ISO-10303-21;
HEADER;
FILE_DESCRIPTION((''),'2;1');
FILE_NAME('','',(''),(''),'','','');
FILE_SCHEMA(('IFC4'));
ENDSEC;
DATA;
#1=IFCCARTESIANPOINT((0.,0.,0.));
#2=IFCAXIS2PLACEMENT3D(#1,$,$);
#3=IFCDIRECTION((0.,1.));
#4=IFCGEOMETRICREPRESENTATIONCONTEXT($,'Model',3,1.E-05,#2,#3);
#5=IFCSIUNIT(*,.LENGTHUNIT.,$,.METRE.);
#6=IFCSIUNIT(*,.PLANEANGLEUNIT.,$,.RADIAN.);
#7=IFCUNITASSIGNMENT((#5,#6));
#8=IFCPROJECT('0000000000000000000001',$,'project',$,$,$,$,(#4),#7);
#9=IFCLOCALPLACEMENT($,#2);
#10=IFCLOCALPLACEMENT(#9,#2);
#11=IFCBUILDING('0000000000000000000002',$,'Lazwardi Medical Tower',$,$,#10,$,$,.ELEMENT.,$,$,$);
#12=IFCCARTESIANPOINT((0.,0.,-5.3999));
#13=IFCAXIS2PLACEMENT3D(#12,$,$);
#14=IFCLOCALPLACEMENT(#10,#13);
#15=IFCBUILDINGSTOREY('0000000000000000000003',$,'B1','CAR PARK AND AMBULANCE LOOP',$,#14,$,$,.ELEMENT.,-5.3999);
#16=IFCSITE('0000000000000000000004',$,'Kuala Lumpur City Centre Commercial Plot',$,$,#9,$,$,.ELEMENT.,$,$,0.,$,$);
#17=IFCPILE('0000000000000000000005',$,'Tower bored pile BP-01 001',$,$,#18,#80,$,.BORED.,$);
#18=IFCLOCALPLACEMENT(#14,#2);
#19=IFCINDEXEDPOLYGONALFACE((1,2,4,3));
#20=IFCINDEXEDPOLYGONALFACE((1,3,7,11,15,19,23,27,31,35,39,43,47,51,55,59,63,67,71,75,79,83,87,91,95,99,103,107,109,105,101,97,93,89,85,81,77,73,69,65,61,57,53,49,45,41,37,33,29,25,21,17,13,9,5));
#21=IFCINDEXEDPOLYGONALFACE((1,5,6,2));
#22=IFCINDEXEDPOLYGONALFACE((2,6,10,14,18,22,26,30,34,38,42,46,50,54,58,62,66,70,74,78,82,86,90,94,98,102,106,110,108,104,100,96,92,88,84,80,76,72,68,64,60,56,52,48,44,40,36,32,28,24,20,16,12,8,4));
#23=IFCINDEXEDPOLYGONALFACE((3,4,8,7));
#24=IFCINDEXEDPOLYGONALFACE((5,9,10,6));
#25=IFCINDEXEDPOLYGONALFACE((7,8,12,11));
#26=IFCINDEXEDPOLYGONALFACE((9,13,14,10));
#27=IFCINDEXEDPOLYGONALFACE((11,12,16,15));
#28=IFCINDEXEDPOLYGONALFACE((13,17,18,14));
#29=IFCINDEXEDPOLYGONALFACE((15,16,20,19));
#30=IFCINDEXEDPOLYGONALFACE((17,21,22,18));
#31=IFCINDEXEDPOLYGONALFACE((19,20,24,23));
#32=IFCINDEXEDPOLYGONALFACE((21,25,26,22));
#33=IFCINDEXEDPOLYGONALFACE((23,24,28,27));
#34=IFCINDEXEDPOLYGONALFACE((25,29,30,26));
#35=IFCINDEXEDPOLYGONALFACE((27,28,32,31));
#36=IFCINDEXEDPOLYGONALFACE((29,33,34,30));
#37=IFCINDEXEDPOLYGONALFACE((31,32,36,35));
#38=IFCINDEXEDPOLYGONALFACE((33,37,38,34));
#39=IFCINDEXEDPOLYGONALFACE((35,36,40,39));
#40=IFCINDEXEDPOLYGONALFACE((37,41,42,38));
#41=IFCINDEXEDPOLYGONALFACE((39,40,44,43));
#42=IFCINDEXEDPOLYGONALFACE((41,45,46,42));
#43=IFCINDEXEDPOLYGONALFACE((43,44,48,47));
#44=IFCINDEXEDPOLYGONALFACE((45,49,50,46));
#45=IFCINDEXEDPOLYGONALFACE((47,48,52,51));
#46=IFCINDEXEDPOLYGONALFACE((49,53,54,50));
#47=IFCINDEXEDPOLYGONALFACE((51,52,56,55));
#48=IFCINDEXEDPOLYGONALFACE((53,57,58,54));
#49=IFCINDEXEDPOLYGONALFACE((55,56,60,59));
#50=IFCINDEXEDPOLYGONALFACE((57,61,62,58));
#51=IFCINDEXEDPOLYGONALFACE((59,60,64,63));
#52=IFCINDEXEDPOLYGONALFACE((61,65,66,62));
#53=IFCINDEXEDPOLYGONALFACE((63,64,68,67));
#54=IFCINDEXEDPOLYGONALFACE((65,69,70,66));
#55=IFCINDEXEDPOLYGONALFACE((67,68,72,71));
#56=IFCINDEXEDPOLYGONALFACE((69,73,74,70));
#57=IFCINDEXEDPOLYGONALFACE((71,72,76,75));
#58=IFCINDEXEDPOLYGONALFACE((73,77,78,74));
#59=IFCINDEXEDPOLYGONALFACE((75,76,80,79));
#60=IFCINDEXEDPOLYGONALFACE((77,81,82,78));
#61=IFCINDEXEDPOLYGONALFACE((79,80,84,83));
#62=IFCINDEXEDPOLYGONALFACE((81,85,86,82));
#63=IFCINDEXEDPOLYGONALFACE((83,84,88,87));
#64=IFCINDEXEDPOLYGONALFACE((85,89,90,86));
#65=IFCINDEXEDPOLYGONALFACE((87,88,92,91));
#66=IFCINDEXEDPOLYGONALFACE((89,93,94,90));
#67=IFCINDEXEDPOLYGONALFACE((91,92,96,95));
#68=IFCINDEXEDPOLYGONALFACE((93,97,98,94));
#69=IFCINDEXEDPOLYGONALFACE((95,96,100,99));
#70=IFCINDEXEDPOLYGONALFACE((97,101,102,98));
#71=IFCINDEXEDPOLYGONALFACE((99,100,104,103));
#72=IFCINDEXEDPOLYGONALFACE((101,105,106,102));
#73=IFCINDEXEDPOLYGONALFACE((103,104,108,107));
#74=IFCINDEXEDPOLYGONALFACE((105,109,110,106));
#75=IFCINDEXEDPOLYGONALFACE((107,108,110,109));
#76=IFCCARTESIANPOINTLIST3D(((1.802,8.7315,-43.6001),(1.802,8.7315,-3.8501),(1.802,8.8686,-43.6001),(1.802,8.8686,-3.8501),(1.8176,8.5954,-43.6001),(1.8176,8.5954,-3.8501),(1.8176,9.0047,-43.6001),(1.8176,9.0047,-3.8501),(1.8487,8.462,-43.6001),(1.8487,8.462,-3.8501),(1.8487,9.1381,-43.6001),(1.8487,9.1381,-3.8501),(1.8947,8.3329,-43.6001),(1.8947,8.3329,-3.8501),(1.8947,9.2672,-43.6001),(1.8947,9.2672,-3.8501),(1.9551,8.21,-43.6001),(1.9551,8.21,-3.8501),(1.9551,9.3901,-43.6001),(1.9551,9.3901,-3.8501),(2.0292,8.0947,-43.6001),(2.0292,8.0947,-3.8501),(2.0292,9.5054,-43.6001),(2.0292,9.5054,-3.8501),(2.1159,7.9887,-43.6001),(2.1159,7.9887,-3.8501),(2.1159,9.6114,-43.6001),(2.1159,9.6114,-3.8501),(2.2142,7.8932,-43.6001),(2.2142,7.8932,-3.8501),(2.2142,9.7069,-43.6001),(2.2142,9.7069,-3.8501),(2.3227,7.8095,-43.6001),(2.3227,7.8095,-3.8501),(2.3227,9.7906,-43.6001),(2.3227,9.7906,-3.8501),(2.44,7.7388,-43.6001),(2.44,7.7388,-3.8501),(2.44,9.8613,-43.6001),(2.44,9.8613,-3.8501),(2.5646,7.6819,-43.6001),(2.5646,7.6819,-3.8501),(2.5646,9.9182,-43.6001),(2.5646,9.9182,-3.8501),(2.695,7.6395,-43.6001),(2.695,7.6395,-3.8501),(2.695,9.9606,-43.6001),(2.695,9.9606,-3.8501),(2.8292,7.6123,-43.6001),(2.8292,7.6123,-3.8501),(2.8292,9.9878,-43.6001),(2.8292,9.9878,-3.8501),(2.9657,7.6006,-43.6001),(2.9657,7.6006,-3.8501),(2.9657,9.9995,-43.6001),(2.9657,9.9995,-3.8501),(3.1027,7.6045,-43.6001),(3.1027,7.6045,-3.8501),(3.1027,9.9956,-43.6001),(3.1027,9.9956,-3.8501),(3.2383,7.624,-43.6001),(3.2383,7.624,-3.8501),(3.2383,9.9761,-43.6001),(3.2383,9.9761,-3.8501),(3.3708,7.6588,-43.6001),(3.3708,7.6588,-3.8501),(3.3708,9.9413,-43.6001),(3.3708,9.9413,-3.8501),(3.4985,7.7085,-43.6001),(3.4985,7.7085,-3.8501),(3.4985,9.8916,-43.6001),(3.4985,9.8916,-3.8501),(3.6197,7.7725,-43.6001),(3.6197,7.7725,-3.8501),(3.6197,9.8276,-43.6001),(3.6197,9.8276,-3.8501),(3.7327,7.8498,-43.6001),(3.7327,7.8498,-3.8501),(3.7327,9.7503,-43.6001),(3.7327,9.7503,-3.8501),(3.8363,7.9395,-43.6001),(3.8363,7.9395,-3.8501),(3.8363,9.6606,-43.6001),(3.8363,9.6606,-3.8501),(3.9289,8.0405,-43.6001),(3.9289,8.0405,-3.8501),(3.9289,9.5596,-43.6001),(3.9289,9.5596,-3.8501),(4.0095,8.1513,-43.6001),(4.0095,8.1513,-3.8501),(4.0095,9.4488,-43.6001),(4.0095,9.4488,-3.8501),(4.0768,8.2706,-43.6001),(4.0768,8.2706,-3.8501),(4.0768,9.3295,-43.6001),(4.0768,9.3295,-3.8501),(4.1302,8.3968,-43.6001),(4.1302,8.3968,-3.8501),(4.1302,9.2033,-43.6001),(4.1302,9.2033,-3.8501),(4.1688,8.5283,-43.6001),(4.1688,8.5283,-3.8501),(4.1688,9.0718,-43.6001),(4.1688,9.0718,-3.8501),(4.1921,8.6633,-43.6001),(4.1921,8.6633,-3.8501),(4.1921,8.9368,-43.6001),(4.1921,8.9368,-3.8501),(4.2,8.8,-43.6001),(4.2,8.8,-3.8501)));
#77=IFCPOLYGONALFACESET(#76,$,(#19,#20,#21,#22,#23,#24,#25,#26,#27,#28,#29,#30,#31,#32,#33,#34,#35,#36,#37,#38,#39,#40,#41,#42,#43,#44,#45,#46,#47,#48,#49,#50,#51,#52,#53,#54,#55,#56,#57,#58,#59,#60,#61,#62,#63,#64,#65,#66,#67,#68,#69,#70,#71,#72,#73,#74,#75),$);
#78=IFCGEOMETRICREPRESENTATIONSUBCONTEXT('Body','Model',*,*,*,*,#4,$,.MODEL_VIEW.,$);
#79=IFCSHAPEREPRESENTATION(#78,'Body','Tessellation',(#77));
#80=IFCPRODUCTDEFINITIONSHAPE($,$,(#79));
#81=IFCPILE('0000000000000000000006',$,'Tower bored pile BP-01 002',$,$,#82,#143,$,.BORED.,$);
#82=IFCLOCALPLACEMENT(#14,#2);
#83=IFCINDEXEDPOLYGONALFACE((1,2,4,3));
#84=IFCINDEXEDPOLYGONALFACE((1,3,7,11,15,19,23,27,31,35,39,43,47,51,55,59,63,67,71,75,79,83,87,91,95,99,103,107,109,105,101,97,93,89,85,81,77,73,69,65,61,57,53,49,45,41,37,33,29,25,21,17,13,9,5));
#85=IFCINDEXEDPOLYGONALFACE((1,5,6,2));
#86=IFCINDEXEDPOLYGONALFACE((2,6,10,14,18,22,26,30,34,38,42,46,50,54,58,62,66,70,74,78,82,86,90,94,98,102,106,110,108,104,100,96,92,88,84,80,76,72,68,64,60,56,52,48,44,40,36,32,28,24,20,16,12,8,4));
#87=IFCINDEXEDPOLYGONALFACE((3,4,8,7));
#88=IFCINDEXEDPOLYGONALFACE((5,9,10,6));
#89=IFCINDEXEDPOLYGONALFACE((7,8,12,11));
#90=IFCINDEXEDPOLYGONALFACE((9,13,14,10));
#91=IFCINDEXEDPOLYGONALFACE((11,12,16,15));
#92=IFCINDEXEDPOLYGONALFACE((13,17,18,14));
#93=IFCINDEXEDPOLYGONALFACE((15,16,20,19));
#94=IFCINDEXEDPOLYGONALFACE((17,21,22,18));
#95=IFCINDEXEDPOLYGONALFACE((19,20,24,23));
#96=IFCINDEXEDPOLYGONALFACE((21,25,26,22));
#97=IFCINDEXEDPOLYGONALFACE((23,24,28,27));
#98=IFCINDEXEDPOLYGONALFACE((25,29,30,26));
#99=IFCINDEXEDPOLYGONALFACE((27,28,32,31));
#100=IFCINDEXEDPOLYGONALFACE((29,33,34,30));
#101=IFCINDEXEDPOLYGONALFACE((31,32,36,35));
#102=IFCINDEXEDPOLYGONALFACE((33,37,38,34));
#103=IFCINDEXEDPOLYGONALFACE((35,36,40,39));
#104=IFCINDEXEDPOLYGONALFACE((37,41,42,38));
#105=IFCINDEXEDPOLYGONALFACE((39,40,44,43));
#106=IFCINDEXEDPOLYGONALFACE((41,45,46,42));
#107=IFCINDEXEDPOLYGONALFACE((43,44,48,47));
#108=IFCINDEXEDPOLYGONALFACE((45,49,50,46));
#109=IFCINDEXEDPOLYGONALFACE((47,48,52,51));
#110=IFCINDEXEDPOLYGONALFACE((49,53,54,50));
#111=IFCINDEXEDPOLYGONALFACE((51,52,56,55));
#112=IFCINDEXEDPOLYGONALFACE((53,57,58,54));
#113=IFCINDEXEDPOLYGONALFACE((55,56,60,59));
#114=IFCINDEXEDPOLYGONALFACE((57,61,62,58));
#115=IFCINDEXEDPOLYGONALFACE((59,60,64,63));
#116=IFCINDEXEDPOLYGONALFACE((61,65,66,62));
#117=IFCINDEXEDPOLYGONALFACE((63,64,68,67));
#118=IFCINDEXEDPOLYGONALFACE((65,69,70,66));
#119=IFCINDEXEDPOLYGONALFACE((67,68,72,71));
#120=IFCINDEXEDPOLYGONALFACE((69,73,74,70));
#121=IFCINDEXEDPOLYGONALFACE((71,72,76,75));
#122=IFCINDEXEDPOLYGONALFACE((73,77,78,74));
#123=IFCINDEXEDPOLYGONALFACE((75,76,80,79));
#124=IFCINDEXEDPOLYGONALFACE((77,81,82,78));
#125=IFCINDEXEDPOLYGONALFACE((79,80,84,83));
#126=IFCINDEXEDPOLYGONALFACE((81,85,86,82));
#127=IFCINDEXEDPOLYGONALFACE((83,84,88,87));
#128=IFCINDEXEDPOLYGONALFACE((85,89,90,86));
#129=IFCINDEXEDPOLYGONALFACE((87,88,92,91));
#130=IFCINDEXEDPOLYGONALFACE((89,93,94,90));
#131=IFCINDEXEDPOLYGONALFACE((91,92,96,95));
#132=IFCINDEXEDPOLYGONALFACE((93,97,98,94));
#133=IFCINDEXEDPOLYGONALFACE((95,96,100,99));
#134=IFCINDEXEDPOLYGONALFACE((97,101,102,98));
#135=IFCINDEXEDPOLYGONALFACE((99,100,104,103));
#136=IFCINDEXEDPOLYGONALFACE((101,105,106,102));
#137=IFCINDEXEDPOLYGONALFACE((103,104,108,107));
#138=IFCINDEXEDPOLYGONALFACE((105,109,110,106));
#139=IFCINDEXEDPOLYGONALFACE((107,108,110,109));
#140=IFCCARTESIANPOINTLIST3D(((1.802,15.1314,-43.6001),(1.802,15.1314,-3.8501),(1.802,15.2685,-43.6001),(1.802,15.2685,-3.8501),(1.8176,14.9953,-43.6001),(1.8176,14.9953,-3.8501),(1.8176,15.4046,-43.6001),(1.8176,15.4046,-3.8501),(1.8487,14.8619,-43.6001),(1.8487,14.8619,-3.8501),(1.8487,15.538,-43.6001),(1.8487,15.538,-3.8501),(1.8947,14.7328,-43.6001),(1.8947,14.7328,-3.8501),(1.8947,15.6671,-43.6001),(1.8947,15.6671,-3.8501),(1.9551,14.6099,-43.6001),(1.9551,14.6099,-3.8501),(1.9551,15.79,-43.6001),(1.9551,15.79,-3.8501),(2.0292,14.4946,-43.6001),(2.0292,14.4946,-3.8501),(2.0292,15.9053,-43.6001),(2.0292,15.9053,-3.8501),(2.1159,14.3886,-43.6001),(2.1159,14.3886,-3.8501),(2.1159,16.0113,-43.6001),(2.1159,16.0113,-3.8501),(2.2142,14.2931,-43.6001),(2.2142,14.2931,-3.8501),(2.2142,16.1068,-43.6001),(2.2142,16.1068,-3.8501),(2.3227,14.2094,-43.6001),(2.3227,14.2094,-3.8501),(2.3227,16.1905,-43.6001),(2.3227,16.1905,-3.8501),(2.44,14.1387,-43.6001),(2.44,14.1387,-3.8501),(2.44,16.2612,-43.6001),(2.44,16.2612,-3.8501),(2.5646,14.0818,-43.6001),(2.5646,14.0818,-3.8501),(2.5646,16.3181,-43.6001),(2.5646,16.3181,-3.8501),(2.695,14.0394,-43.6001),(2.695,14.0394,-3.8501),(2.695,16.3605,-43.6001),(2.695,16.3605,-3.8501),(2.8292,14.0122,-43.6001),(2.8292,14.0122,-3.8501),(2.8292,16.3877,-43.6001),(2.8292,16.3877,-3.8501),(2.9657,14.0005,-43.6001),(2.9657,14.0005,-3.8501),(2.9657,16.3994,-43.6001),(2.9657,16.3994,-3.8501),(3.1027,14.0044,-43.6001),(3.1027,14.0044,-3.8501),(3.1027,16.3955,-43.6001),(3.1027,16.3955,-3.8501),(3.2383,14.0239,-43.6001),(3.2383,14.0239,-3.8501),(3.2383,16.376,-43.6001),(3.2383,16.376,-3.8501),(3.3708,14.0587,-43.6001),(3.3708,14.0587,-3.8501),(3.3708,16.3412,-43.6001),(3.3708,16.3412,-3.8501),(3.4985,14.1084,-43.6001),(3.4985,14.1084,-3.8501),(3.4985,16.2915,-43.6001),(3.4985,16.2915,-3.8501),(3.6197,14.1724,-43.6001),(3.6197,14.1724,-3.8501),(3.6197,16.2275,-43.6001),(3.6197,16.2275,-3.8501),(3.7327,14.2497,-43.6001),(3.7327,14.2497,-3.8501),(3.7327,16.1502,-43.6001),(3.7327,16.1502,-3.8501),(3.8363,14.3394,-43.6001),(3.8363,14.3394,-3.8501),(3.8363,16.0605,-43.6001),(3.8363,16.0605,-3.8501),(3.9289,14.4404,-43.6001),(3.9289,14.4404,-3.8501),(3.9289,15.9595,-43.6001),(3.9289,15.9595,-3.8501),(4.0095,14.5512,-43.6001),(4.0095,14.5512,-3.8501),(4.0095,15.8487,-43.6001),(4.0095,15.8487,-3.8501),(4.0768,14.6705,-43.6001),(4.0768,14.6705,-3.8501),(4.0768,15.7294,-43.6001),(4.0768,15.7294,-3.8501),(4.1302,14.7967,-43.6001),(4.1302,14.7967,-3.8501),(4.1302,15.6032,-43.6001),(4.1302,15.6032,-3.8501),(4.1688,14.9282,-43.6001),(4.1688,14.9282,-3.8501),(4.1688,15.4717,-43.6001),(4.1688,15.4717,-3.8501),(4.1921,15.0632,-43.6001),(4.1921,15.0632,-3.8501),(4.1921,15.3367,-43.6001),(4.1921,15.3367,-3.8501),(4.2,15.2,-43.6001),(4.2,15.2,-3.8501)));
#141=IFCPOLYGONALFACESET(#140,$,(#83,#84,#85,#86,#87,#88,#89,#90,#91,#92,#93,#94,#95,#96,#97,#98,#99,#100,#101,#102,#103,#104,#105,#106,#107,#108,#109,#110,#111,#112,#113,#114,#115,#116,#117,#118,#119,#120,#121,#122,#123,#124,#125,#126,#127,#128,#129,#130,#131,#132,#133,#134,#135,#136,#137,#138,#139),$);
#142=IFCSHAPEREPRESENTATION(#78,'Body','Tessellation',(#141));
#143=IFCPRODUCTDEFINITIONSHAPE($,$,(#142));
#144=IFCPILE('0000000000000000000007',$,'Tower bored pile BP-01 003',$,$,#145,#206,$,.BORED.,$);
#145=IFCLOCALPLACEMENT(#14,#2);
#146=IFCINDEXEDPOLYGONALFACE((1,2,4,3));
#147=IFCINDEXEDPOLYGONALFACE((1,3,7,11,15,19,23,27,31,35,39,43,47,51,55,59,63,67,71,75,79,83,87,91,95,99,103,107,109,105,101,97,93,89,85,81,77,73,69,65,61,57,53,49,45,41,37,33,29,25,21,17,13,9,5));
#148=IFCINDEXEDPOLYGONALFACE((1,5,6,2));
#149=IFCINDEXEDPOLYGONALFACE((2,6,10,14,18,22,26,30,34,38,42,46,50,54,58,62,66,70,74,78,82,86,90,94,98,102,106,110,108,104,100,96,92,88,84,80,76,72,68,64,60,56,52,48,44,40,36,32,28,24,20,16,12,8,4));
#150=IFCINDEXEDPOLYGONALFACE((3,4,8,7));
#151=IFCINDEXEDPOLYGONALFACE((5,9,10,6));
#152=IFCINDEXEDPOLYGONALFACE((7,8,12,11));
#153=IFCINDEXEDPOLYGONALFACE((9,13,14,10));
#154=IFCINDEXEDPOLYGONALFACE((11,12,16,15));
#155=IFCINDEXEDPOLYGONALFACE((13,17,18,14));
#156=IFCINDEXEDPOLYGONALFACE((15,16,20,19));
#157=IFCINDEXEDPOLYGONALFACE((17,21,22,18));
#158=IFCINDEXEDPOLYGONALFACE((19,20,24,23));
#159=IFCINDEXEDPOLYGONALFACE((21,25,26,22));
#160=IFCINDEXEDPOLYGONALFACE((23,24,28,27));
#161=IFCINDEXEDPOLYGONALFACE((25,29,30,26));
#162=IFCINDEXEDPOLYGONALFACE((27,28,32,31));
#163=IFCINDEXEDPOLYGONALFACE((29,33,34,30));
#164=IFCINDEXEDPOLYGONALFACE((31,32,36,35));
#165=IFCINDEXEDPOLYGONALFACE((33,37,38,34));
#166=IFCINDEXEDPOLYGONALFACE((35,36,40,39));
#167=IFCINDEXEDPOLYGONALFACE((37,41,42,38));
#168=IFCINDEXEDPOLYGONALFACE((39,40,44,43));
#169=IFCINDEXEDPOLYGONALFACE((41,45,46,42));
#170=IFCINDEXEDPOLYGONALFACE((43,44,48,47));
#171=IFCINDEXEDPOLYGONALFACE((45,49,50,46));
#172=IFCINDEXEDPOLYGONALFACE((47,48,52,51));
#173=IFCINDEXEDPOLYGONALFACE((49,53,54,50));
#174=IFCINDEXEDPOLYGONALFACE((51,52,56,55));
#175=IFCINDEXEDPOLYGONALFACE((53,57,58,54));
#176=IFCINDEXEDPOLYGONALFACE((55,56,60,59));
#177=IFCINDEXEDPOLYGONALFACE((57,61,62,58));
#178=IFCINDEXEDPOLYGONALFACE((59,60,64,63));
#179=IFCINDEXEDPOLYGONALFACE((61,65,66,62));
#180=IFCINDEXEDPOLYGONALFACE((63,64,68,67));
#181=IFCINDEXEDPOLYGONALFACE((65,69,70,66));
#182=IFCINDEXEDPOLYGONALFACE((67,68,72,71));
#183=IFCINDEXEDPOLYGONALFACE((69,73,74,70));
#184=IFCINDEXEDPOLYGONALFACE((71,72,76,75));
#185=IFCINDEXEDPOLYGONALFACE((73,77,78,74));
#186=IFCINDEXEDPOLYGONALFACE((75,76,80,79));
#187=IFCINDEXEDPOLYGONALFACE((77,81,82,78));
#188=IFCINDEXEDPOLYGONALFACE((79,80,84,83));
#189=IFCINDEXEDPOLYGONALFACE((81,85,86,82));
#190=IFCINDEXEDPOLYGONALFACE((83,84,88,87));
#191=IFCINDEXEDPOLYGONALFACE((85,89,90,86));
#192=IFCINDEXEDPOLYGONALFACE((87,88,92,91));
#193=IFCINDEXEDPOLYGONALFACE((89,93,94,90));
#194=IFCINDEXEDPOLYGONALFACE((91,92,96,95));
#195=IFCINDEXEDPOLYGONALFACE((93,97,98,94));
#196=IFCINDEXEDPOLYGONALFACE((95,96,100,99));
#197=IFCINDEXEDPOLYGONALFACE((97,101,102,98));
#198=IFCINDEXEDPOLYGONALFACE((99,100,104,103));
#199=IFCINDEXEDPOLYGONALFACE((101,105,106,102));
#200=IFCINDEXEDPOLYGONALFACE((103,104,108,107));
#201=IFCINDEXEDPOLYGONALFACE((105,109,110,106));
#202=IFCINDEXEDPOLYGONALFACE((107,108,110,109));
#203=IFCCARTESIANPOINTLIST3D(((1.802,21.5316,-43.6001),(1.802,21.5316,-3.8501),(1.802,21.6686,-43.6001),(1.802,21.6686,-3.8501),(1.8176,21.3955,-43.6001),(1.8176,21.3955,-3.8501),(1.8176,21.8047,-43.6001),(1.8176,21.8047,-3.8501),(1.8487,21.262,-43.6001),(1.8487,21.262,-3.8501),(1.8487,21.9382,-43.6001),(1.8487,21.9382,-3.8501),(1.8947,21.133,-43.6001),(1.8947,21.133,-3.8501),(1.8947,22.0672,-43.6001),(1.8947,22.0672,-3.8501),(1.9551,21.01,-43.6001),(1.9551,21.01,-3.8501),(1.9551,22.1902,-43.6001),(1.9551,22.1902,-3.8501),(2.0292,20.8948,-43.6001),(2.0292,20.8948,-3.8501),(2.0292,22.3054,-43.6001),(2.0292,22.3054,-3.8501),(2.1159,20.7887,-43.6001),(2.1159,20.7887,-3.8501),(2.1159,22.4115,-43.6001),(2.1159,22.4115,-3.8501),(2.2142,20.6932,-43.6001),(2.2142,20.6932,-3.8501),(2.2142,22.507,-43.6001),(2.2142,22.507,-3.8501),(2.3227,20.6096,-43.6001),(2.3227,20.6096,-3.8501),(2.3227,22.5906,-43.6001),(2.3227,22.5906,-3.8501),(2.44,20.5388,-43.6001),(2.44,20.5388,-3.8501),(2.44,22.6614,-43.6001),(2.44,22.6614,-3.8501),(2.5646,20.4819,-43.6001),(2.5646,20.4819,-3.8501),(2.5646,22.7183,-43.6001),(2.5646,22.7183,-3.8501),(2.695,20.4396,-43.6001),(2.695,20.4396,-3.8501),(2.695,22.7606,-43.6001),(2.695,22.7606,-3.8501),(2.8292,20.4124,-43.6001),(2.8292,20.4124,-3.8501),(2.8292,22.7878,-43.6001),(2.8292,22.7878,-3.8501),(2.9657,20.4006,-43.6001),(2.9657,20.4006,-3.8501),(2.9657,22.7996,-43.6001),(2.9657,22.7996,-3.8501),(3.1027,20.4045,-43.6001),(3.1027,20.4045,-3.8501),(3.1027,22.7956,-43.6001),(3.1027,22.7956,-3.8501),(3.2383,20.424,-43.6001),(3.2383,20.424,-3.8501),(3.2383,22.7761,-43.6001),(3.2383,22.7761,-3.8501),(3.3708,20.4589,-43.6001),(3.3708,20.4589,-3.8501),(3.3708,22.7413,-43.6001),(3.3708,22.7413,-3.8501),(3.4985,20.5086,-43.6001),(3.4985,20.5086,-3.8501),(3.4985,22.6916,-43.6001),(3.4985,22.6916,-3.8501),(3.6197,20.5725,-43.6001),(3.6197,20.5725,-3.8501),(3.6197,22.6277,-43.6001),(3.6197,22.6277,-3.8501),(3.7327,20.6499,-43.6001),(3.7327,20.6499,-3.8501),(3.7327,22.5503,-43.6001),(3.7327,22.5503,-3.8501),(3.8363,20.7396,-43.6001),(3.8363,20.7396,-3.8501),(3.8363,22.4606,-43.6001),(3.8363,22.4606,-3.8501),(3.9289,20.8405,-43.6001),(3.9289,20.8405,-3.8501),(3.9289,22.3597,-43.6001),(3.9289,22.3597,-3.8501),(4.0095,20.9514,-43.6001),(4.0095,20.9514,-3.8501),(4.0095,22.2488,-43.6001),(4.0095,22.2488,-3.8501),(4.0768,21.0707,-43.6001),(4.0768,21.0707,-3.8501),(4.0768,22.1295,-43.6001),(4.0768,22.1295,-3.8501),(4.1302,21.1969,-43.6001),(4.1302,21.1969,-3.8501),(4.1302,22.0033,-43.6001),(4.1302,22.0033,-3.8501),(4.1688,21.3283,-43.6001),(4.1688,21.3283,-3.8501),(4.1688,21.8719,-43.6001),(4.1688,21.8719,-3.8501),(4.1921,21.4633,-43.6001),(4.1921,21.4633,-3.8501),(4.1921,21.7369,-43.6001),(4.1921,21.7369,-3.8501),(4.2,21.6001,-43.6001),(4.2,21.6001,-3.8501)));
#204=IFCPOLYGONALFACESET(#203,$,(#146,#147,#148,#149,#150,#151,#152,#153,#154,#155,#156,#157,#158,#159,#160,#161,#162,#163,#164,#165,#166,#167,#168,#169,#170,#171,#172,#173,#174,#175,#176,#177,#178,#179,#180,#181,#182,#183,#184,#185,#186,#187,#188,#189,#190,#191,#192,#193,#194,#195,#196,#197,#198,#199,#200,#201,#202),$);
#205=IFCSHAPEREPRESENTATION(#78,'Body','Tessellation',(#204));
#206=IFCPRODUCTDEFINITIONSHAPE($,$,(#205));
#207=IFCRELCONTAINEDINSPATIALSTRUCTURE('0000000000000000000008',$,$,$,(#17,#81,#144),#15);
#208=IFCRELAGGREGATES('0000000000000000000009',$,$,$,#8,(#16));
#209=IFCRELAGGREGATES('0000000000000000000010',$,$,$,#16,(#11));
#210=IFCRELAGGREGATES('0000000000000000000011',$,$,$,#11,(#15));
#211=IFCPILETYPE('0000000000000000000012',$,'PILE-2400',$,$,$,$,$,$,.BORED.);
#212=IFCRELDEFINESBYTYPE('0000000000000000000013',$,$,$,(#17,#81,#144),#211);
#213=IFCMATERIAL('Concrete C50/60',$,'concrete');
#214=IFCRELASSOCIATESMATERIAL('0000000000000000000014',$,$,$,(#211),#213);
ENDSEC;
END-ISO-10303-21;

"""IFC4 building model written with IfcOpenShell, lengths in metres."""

from ifc_helpers import new_model, si_unit, direction, frame, origin, origin_2d, place, context, subcontext, project, spatial, circle, extrude, material, material_profile, profile_set, type_object, element, save


model = new_model("IFC4")

# Units and contexts
model_context = context("Model", 3, precision=1e-05, world=origin(), true_north=direction((0.0, 1.0)))
body_context = subcontext(model_context, "Body", "Model", "MODEL_VIEW")
ifc_project = project(units=[si_unit("LENGTHUNIT", "METRE"), si_unit("PLANEANGLEUNIT", "RADIAN")], contexts=[model_context])

# Site, building, storey
site_placement = place(None, origin())
site = spatial("IfcSite", under=ifc_project, at=site_placement, Name="Kuala Lumpur City Centre Commercial Plot", CompositionType="ELEMENT", RefElevation=0.0)
building_placement = place(site_placement, origin())
building = spatial("IfcBuilding", under=site, at=building_placement, Name="Lazwardi Medical Tower", CompositionType="ELEMENT")
storey_placement = place(building_placement, frame((0.0, 0.0, -5.3999)))
storey = spatial("IfcBuildingStorey", under=building, at=storey_placement, Name="B1", Description="CAR PARK AND AMBULANCE LOOP", CompositionType="ELEMENT", Elevation=-5.3999)

# Piles
ifc_material_1 = material(Name="Concrete C50/60", Category="concrete")
ifc_material_profile_1 = material_profile(ifc_material_1, circle(Radius=1.2, at=origin_2d()), Name="BORED PILE D2400")
ifc_profile_set_1 = profile_set([ifc_material_profile_1], Name="Concrete C50/60")
pile_type_1 = type_object("IfcPileType", Name="PILE-2400", PredefinedType="BORED", material=ifc_profile_set_1)
for number, where, z_axis, x_axis, name in (
    (1, (3.0, 8.8, -3.8501), (0.0, 0.0, -1.0), (1.0, 0.0, 0.0), "Tower bored pile BP-01 001"),
    (2, (3.0, 15.2, -3.8501), (0.0, 0.0, -1.0), (1.0, 0.0, 0.0), "Tower bored pile BP-01 002"),
    (3, (3.0, 21.6001, -3.8501), (0.0, 0.0, -1.0), (1.0, 0.0, 0.0), "Tower bored pile BP-01 003"),
):
    element("IfcPile", number, at=place(storey_placement, frame(where, z_axis=z_axis, x_axis=x_axis)), inside=storey, type_object=pile_type_1, Name=name, PredefinedType="BORED", context=body_context, shape_type="SweptSolid", body=[
        extrude(circle(Radius=1.2, at=origin_2d()), origin(), (0.0, 0.0, 1.0), 39.75),
    ])

save(model, "model.ifc")
